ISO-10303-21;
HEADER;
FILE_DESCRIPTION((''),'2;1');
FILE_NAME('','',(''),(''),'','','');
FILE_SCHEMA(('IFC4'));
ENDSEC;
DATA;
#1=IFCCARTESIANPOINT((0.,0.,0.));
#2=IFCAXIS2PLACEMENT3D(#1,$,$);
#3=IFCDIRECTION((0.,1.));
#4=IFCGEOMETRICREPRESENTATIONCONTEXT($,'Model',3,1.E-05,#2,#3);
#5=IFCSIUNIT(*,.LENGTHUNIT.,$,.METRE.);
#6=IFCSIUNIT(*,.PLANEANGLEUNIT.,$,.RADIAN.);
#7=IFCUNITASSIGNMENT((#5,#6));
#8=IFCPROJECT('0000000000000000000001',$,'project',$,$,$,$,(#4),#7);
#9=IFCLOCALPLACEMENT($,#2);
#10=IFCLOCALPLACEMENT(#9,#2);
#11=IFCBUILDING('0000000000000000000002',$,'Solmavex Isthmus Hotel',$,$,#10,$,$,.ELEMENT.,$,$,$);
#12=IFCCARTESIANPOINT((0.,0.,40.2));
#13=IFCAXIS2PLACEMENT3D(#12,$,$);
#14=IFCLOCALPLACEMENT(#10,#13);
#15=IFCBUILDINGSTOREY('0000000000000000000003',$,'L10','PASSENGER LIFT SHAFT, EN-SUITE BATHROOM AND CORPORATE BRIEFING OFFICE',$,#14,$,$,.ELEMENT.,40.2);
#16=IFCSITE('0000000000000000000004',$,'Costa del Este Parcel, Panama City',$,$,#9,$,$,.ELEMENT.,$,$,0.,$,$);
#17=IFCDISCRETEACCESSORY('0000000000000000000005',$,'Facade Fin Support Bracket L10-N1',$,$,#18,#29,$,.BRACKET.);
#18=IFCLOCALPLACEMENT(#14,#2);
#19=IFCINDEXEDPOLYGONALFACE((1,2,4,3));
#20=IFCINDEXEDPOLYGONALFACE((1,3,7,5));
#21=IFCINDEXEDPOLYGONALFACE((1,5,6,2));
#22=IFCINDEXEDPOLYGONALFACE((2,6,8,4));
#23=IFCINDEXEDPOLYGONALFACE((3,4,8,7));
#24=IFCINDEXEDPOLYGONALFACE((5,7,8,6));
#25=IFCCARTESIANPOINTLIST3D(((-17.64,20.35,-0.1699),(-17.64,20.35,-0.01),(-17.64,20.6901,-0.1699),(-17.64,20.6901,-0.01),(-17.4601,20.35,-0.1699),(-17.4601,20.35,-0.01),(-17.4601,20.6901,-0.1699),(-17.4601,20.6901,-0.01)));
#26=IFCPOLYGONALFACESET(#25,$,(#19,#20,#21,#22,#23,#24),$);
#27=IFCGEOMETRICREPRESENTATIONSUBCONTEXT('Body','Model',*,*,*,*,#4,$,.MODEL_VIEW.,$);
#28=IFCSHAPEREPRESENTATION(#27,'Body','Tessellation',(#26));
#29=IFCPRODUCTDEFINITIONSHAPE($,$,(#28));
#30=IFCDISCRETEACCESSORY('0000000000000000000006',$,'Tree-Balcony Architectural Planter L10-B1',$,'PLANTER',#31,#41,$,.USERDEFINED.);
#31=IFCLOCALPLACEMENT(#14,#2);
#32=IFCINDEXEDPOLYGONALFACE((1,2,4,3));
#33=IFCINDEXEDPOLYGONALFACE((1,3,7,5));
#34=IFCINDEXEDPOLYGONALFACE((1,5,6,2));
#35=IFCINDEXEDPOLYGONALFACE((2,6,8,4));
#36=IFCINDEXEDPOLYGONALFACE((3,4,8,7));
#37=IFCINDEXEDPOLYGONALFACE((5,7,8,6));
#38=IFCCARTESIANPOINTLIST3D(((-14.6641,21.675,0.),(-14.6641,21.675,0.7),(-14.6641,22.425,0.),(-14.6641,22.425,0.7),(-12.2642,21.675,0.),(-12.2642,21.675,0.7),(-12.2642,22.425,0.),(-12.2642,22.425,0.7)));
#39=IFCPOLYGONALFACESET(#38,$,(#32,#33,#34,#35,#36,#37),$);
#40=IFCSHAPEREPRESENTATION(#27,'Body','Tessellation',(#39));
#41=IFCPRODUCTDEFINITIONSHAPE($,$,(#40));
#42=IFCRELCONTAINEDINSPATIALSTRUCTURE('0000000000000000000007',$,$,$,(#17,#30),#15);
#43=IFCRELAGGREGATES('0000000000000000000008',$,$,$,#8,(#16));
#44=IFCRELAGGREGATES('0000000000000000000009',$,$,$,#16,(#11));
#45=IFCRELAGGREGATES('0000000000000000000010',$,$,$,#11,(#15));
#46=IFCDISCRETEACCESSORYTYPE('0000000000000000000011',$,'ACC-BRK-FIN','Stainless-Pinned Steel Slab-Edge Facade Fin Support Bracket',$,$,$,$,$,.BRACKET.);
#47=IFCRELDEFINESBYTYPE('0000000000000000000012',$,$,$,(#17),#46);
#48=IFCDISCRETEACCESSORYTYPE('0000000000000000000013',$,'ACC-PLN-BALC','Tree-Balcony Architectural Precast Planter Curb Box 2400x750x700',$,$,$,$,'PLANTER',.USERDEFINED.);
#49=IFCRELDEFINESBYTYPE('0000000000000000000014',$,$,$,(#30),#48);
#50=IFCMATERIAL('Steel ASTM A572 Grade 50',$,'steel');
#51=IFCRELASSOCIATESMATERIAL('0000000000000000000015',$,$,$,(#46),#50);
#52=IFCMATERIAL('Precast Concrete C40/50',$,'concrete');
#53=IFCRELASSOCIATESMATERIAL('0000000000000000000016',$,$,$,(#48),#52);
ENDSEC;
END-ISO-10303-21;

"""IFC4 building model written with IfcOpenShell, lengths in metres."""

from ifc_helpers import new_model, si_unit, direction, frame, origin, origin_2d, place, context, subcontext, project, spatial, rectangle, extrude, material, type_object, element, save


model = new_model("IFC4")

# Units and contexts
model_context = context("Model", 3, precision=1e-05, world=origin(), true_north=direction((0.0, 1.0)))
body_context = subcontext(model_context, "Body", "Model", "MODEL_VIEW")
ifc_project = project(units=[si_unit("LENGTHUNIT", "METRE"), si_unit("PLANEANGLEUNIT", "RADIAN")], contexts=[model_context])

# Site, building, storey
site_placement = place(None, origin())
site = spatial("IfcSite", under=ifc_project, at=site_placement, Name="Costa del Este Parcel, Panama City", CompositionType="ELEMENT", RefElevation=0.0)
building_placement = place(site_placement, origin())
building = spatial("IfcBuilding", under=site, at=building_placement, Name="Solmavex Isthmus Hotel", CompositionType="ELEMENT")
storey_placement = place(building_placement, frame((0.0, 0.0, 40.2)))
storey = spatial("IfcBuildingStorey", under=building, at=storey_placement, Name="L10", Description="PASSENGER LIFT SHAFT, EN-SUITE BATHROOM AND CORPORATE BRIEFING OFFICE", CompositionType="ELEMENT", Elevation=40.2)

# Shared definitions
ifc_material_1 = material(Name="Precast Concrete C40/50", Category="concrete")

# Discrete accessories
ifc_material_2 = material(Name="Steel ASTM A572 Grade 50", Category="steel")
discrete_accessory_type_1 = type_object("IfcDiscreteAccessoryType", Name="ACC-BRK-FIN", Description="Stainless-Pinned Steel Slab-Edge Facade Fin Support Bracket", PredefinedType="BRACKET", material=ifc_material_2)
discrete_accessory_1_placement = place(storey_placement, frame((-17.55, 20.52, -0.1699), z_axis=(0.0, 0.0, 1.0), x_axis=(0.0, 1.0, 0.0)))
element("IfcDiscreteAccessory", 1, at=discrete_accessory_1_placement, inside=storey, type_object=discrete_accessory_type_1, Name="Facade Fin Support Bracket L10-N1", PredefinedType="BRACKET", context=body_context, shape_type="SweptSolid", body=[
    extrude(rectangle(XDim=0.3401, YDim=0.1799, at=origin_2d()), origin(), (0.0, 0.0, 1.0), 0.1599),
])
discrete_accessory_type_2 = type_object("IfcDiscreteAccessoryType", Name="ACC-PLN-BALC", Description="Tree-Balcony Architectural Precast Planter Curb Box 2400x750x700", ElementType="PLANTER", PredefinedType="USERDEFINED", material=ifc_material_1)
discrete_accessory_2_placement = place(storey_placement, frame((-13.4641, 22.05, 0.0), z_axis=(0.0, 0.0, 1.0), x_axis=(1.0, 0.0, 0.0)))
element("IfcDiscreteAccessory", 2, at=discrete_accessory_2_placement, inside=storey, type_object=discrete_accessory_type_2, Name="Tree-Balcony Architectural Planter L10-B1", ObjectType="PLANTER", PredefinedType="USERDEFINED", context=body_context, shape_type="SweptSolid", body=[
    extrude(rectangle(XDim=2.3999, YDim=0.75, at=origin_2d()), origin(), (0.0, 0.0, 1.0), 0.7),
])

save(model, "model.ifc")
